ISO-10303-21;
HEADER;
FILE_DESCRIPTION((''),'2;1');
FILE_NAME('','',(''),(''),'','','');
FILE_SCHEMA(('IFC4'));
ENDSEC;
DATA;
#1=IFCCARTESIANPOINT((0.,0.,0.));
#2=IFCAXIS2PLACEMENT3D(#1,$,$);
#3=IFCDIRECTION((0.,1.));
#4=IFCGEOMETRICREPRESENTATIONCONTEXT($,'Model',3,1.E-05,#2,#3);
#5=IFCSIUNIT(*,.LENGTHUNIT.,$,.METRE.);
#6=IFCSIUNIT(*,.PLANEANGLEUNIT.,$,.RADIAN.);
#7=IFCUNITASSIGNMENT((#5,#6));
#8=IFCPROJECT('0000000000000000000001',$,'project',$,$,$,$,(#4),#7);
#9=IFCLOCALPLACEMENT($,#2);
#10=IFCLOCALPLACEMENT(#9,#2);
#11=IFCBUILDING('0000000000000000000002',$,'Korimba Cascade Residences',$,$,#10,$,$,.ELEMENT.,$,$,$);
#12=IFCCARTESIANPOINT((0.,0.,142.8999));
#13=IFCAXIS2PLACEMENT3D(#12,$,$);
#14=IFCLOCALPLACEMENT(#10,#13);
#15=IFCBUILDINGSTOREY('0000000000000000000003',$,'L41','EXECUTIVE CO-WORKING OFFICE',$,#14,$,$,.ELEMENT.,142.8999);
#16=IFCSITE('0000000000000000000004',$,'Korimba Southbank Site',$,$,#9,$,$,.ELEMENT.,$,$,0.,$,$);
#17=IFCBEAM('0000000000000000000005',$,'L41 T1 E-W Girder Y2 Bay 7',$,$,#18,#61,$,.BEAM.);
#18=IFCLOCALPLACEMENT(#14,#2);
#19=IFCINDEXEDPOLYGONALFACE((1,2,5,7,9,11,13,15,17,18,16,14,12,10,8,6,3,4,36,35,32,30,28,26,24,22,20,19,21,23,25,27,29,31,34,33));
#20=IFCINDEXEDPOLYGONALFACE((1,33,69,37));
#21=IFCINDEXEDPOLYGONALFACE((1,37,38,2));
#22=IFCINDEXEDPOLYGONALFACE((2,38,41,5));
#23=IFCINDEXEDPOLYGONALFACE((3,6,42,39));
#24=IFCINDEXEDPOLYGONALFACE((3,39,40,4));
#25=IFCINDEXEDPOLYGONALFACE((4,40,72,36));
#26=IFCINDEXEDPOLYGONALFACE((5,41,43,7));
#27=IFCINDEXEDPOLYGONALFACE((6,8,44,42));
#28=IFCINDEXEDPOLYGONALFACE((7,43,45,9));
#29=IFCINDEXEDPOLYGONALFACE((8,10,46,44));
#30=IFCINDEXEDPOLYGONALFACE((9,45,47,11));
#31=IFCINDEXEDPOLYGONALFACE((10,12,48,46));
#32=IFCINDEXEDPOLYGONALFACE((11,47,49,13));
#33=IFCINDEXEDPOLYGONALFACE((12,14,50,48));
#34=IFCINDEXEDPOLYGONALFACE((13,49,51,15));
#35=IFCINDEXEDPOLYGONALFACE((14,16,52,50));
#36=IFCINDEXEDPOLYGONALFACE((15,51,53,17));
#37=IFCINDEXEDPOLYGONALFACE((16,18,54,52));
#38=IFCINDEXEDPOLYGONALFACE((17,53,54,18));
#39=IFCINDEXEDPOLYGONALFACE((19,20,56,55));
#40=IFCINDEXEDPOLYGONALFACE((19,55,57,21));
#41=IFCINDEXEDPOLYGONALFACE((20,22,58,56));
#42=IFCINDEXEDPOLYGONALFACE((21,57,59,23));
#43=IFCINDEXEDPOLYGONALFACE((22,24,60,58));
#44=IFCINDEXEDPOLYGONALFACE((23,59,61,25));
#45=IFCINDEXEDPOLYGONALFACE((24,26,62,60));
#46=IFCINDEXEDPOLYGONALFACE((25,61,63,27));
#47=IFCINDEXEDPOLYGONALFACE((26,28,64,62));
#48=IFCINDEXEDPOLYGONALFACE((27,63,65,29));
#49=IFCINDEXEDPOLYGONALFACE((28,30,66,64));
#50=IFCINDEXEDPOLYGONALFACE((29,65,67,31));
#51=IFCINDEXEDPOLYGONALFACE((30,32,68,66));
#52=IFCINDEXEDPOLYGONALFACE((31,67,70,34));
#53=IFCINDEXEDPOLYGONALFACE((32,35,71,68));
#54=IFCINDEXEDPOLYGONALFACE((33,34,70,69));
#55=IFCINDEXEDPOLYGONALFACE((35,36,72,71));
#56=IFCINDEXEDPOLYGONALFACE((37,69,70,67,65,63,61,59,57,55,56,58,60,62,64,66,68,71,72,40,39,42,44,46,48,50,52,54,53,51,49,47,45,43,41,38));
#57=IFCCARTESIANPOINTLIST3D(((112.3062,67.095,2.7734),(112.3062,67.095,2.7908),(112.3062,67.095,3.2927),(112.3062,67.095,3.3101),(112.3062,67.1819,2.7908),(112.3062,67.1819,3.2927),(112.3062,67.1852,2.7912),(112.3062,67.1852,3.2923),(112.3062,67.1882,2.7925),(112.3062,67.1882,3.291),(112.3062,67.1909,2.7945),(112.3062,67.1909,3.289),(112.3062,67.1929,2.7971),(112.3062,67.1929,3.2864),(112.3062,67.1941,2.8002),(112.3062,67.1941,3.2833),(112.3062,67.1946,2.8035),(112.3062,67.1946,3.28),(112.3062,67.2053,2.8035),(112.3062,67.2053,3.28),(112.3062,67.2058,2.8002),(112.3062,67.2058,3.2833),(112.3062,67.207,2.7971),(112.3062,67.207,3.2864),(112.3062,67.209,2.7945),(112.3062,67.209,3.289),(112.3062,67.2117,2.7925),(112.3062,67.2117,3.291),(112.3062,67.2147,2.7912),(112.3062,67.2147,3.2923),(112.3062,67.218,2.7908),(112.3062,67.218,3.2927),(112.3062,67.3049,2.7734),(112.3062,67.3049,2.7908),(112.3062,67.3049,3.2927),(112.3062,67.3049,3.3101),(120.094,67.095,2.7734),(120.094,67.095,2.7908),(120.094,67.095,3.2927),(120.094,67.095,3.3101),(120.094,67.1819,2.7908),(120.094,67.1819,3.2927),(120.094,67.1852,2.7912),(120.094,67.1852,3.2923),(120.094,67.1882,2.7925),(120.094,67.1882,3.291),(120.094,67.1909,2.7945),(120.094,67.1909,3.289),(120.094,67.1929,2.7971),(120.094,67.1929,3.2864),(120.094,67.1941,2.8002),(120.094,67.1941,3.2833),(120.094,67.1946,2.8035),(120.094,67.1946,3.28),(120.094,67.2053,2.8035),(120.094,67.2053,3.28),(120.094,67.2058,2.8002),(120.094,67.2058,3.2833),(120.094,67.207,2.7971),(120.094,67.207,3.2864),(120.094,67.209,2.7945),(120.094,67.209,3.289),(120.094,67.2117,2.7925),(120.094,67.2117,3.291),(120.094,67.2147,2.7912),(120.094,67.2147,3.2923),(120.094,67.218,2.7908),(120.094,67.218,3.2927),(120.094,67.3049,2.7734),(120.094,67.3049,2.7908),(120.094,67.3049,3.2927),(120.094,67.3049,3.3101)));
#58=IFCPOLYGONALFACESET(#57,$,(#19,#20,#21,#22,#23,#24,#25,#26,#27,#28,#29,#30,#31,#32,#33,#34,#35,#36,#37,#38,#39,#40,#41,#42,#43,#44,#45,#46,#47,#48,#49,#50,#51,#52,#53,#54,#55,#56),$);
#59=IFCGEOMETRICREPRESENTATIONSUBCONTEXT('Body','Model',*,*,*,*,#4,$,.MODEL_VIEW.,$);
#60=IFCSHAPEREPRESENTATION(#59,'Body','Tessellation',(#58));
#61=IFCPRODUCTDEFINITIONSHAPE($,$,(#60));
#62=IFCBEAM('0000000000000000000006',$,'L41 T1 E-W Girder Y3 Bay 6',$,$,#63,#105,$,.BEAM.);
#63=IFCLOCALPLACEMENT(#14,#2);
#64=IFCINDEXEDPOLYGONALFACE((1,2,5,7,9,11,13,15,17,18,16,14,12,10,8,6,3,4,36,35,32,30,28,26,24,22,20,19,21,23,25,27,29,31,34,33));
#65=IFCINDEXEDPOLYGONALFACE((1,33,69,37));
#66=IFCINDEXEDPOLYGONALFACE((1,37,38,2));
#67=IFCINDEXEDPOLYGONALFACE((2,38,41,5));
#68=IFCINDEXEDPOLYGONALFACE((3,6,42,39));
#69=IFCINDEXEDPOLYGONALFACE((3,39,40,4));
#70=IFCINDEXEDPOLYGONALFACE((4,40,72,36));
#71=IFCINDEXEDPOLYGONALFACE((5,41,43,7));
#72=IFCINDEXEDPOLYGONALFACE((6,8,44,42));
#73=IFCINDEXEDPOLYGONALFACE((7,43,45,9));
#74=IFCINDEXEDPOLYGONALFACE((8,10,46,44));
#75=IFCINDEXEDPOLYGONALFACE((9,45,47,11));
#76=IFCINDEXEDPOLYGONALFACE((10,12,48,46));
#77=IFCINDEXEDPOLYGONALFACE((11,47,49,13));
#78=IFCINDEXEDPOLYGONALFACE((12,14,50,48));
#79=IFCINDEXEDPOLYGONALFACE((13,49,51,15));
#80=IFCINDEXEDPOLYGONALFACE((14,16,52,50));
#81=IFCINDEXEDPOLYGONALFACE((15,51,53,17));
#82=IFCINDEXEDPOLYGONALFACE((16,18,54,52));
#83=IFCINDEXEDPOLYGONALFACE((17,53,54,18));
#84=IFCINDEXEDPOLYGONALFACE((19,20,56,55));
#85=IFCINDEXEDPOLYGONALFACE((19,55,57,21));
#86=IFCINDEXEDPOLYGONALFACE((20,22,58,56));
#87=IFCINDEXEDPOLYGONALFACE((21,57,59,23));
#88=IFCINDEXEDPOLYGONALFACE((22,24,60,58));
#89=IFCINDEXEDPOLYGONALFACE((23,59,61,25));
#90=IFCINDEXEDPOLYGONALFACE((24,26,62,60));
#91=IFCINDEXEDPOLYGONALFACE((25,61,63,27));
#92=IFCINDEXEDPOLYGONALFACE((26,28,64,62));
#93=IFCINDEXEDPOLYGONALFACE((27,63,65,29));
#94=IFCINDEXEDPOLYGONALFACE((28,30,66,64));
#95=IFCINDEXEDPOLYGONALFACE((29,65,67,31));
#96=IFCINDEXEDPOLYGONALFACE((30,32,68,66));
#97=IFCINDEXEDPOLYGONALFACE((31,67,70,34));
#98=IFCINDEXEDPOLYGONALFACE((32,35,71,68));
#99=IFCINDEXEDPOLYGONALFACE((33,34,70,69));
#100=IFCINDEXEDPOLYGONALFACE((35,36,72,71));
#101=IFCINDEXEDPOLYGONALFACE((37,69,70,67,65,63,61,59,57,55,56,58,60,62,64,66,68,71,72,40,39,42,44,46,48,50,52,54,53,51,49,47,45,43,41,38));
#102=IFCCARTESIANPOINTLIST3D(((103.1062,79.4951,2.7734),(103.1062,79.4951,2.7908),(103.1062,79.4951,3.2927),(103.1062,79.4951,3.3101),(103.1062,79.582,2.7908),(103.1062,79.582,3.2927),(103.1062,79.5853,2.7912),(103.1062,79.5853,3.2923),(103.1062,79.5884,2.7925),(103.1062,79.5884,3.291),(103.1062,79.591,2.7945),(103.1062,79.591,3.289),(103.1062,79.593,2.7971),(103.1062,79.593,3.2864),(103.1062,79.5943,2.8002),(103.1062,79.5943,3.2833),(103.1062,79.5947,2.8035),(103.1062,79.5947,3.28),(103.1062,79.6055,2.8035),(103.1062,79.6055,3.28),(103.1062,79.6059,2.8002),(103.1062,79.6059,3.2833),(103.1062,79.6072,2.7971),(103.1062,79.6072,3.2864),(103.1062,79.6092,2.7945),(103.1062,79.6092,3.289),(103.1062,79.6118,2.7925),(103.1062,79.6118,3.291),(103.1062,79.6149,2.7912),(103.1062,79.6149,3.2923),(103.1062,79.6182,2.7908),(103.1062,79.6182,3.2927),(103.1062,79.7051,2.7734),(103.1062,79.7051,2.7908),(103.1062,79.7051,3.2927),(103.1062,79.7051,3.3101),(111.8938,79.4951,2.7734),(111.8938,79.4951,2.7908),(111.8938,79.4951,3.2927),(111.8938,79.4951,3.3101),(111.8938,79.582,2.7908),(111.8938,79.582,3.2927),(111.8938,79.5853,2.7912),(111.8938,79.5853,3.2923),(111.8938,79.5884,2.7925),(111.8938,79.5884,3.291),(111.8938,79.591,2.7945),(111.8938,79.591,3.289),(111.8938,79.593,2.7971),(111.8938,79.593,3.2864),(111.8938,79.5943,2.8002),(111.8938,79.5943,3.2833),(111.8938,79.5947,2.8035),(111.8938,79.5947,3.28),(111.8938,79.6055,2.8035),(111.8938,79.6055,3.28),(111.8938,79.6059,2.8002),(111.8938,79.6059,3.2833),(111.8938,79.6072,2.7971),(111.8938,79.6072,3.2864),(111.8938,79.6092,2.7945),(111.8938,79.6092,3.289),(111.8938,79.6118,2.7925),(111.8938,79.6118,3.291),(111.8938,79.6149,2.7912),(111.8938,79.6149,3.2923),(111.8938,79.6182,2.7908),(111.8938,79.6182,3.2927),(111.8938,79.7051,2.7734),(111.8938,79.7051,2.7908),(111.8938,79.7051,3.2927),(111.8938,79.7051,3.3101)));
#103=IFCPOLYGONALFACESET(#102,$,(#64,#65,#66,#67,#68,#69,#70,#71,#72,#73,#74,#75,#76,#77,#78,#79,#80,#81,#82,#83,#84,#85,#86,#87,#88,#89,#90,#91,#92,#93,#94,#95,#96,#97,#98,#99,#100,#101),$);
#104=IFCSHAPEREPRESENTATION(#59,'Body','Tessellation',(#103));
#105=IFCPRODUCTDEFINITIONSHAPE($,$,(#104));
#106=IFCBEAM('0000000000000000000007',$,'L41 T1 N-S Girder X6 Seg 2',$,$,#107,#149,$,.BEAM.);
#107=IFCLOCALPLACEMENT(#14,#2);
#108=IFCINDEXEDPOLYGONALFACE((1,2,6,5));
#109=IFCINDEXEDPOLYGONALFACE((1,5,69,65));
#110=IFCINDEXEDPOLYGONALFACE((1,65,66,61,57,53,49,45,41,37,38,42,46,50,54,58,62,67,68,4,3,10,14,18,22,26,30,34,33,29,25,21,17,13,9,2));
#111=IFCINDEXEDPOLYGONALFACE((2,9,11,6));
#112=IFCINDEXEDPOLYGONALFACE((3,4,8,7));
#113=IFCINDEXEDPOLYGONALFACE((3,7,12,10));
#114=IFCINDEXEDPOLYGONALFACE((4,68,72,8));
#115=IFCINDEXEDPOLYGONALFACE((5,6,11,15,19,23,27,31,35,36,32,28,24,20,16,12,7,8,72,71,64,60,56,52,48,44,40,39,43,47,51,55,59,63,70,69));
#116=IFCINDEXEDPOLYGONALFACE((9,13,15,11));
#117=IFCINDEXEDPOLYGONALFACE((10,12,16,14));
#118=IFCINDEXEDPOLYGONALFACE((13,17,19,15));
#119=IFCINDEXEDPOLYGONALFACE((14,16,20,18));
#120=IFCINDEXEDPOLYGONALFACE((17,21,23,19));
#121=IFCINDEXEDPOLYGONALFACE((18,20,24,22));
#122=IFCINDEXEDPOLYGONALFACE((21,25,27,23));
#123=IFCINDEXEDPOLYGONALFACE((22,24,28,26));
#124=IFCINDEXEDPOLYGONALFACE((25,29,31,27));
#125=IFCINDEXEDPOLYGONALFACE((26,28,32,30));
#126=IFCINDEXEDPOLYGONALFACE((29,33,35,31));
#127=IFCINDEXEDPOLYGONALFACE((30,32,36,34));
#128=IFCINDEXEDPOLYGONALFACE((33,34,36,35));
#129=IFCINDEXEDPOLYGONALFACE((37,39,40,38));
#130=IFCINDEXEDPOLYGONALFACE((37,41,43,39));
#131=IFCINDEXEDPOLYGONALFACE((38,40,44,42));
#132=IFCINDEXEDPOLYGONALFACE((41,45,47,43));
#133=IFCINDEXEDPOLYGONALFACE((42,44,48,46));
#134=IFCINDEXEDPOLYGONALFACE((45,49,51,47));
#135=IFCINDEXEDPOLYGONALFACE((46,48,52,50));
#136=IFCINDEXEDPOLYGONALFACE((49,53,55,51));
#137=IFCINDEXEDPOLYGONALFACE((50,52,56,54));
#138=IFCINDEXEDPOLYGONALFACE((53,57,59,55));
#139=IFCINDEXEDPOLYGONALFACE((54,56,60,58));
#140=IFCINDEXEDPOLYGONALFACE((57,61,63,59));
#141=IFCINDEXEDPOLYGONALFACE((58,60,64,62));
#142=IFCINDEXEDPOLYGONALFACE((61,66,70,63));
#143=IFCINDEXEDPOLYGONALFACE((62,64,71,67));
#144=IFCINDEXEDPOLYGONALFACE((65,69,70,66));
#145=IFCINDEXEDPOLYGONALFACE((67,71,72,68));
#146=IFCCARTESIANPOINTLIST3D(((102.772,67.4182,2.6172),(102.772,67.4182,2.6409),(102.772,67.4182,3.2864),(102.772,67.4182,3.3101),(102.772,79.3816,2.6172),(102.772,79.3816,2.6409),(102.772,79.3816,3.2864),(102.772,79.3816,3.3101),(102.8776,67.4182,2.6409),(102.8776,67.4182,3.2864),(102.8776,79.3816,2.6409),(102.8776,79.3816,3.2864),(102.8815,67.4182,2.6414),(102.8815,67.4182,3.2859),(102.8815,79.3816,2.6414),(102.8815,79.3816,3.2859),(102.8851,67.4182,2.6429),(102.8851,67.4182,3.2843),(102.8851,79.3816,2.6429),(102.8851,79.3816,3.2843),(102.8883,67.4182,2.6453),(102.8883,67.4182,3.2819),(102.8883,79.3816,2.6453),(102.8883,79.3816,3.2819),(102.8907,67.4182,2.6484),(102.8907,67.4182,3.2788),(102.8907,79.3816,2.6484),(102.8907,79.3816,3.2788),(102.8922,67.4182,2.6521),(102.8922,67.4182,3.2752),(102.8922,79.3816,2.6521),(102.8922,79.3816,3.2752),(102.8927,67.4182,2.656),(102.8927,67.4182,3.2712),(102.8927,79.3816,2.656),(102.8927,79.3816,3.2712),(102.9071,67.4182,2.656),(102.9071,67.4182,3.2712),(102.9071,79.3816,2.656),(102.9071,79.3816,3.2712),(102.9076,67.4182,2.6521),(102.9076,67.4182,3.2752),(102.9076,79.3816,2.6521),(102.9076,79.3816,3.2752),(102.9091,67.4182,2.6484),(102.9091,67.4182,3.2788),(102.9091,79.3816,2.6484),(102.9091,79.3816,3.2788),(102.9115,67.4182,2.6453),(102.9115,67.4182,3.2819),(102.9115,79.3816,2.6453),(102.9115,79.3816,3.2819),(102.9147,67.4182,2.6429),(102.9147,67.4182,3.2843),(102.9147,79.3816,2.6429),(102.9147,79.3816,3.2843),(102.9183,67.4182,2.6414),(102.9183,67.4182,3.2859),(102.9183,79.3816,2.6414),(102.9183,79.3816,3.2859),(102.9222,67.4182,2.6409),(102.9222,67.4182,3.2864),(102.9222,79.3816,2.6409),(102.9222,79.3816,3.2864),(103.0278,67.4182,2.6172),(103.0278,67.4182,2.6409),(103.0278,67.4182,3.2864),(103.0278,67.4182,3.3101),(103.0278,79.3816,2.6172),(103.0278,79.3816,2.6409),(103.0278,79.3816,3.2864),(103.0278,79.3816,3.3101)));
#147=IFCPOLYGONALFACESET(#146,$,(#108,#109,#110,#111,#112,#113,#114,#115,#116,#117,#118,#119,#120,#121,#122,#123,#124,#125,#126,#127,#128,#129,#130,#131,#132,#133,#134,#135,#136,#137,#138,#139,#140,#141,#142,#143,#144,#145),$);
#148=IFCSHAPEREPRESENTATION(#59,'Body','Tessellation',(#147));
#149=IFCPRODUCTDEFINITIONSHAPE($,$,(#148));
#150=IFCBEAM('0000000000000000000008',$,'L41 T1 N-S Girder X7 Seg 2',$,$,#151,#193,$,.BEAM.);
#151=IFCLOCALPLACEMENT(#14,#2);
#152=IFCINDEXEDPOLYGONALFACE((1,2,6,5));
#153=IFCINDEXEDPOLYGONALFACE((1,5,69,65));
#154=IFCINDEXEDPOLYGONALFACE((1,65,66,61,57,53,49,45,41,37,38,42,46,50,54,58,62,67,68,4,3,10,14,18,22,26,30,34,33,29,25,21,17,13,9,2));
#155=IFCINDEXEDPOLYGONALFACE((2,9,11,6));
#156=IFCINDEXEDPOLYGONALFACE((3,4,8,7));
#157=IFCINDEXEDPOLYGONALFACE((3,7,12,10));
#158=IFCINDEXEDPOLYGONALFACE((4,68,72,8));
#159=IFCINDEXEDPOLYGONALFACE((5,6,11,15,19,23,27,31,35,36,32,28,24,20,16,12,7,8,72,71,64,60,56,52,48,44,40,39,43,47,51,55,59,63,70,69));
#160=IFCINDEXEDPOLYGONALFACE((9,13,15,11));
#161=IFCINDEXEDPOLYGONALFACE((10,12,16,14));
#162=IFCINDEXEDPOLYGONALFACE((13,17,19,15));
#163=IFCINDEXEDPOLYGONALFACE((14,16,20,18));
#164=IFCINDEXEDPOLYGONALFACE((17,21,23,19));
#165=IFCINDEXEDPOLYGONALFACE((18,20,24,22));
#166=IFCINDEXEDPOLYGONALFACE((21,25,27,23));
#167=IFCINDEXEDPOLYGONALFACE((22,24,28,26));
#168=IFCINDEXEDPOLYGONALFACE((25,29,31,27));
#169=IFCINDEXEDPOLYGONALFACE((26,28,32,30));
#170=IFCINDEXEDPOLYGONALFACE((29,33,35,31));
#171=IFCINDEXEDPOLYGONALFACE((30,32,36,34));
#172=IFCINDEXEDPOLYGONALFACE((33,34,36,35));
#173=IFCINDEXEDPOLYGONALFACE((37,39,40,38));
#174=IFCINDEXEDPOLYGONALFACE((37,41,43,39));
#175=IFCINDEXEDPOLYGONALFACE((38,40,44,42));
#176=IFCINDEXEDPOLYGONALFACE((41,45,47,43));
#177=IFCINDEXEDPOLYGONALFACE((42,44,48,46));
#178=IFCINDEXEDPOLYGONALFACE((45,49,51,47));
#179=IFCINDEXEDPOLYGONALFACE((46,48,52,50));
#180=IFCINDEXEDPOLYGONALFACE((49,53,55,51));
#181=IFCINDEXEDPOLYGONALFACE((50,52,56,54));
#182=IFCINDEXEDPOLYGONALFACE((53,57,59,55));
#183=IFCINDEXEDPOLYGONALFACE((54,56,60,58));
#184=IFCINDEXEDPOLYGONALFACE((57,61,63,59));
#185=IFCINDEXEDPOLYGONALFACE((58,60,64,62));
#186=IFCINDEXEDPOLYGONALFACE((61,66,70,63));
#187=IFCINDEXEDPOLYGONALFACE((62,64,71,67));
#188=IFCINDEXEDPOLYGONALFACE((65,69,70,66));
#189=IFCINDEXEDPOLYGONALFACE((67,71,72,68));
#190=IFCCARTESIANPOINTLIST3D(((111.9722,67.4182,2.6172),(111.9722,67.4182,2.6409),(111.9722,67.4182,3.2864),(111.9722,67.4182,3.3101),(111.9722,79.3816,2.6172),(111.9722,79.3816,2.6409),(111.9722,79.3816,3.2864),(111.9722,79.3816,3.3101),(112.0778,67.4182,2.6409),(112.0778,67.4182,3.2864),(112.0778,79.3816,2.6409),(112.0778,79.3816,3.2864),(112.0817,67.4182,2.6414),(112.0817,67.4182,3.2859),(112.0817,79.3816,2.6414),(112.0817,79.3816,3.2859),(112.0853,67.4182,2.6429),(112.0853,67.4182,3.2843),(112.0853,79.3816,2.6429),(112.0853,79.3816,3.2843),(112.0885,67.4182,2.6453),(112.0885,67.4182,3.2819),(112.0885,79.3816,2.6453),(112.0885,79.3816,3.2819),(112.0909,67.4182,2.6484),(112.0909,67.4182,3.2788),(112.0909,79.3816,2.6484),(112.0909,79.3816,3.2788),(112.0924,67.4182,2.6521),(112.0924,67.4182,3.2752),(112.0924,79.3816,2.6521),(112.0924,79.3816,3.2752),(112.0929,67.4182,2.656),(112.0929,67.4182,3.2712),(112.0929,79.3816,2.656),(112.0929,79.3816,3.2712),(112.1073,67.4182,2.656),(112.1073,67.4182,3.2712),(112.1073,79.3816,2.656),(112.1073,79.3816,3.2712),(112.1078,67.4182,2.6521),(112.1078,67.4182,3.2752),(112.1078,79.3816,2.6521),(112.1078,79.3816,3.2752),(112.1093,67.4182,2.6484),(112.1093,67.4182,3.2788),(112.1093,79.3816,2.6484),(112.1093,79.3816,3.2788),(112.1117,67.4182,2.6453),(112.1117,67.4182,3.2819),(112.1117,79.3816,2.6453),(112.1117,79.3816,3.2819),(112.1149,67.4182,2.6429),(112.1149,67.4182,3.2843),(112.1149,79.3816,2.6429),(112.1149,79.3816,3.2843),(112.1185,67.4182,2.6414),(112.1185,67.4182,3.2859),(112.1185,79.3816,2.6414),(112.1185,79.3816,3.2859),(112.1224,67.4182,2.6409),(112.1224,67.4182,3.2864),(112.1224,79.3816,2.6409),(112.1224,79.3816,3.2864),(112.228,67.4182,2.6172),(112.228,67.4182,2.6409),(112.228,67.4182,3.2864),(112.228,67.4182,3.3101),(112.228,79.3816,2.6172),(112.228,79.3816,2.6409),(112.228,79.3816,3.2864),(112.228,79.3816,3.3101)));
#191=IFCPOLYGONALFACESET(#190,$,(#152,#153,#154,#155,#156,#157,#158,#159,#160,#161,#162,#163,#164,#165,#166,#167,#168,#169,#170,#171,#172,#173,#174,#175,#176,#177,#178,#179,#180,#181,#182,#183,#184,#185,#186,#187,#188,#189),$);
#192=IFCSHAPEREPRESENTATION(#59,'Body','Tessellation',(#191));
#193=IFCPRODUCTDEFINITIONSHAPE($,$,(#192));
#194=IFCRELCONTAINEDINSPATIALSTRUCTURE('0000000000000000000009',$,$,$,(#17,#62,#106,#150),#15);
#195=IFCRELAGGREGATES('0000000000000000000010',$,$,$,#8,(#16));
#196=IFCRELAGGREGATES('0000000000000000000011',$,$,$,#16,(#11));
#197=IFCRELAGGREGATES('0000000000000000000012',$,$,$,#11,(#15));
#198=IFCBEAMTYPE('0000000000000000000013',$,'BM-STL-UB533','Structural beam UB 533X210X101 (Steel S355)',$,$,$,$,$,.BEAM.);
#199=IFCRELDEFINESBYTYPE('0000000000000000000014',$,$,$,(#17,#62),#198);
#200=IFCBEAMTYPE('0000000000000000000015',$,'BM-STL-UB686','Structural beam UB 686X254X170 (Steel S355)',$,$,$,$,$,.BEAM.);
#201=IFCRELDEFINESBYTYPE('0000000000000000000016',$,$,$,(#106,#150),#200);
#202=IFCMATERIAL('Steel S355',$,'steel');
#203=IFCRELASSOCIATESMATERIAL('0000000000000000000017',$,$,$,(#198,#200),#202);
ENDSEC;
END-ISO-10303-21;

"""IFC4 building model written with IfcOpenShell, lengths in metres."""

from ifc_helpers import new_model, si_unit, direction, frame, origin, origin_2d, place, context, subcontext, project, spatial, i_section, extrude, material, material_profile, profile_set, type_object, element, save


model = new_model("IFC4")

# Units and contexts
model_context = context("Model", 3, precision=1e-05, world=origin(), true_north=direction((0.0, 1.0)))
body_context = subcontext(model_context, "Body", "Model", "MODEL_VIEW")
ifc_project = project(units=[si_unit("LENGTHUNIT", "METRE"), si_unit("PLANEANGLEUNIT", "RADIAN")], contexts=[model_context])

# Site, building, storey
site_placement = place(None, origin())
site = spatial("IfcSite", under=ifc_project, at=site_placement, Name="Korimba Southbank Site", CompositionType="ELEMENT", RefElevation=0.0)
building_placement = place(site_placement, origin())
building = spatial("IfcBuilding", under=site, at=building_placement, Name="Korimba Cascade Residences", CompositionType="ELEMENT")
storey_placement = place(building_placement, frame((0.0, 0.0, 142.8999)))
storey = spatial("IfcBuildingStorey", under=building, at=storey_placement, Name="L41", Description="EXECUTIVE CO-WORKING OFFICE", CompositionType="ELEMENT", Elevation=142.8999)

# Beams
ifc_material_1 = material(Name="Steel S355", Category="steel")
ifc_material_profile_1 = material_profile(ifc_material_1, i_section(OverallWidth=0.21, OverallDepth=0.5366, WebThickness=0.0107, FlangeThickness=0.0173, FilletRadius=0.0127, at=origin_2d()), Name="Steel S355")
ifc_profile_set_1 = profile_set([ifc_material_profile_1], Name="Steel S355")
beam_type_1 = type_object("IfcBeamType", Name="BM-STL-UB533", Description="Structural beam UB 533X210X101 (Steel S355)", PredefinedType="BEAM", material=ifc_profile_set_1)
beam_1_placement = place(storey_placement, frame((112.3062, 67.2, 3.0417), z_axis=(1.0, 0.0, 0.0), x_axis=(0.0, 1.0, 0.0)))
element("IfcBeam", 1, at=beam_1_placement, inside=storey, type_object=beam_type_1, Name="L41 T1 E-W Girder Y2 Bay 7", PredefinedType="BEAM", context=body_context, shape_type="SweptSolid", body=[
    extrude(i_section(OverallWidth=0.21, OverallDepth=0.5366, WebThickness=0.0107, FlangeThickness=0.0173, FilletRadius=0.0127, at=origin_2d()), origin(), (0.0, 0.0, 1.0), 7.7878),
])
beam_2_placement = place(storey_placement, frame((103.1062, 79.6001, 3.0417), z_axis=(1.0, 0.0, 0.0), x_axis=(0.0, 1.0, 0.0)))
element("IfcBeam", 2, at=beam_2_placement, inside=storey, type_object=beam_type_1, Name="L41 T1 E-W Girder Y3 Bay 6", PredefinedType="BEAM", context=body_context, shape_type="SweptSolid", body=[
    extrude(i_section(OverallWidth=0.21, OverallDepth=0.5366, WebThickness=0.0107, FlangeThickness=0.0173, FilletRadius=0.0127, at=origin_2d()), origin(), (0.0, 0.0, 1.0), 8.7876),
])
ifc_material_profile_2 = material_profile(ifc_material_1, i_section(OverallWidth=0.2559, OverallDepth=0.6929, WebThickness=0.0144, FlangeThickness=0.0237, FilletRadius=0.0151, at=origin_2d()), Name="Steel S355")
ifc_profile_set_2 = profile_set([ifc_material_profile_2], Name="Steel S355")
beam_type_2 = type_object("IfcBeamType", Name="BM-STL-UB686", Description="Structural beam UB 686X254X170 (Steel S355)", PredefinedType="BEAM", material=ifc_profile_set_2)
for number, where, z_axis, x_axis, name in (
    (3, (102.8999, 67.4182, 2.9636), (0.0, 1.0, 0.0), (-1.0, 0.0, 0.0), "L41 T1 N-S Girder X6 Seg 2"),
    (4, (112.1001, 67.4182, 2.9636), (0.0, 1.0, 0.0), (-1.0, 0.0, 0.0), "L41 T1 N-S Girder X7 Seg 2"),
):
    element("IfcBeam", number, at=place(storey_placement, frame(where, z_axis=z_axis, x_axis=x_axis)), inside=storey, type_object=beam_type_2, Name=name, PredefinedType="BEAM", context=body_context, shape_type="SweptSolid", body=[
        extrude(i_section(OverallWidth=0.2559, OverallDepth=0.6929, WebThickness=0.0144, FlangeThickness=0.0237, FilletRadius=0.0151, at=origin_2d()), origin(), (0.0, 0.0, 1.0), 11.9634),
    ])

save(model, "model.ifc")
